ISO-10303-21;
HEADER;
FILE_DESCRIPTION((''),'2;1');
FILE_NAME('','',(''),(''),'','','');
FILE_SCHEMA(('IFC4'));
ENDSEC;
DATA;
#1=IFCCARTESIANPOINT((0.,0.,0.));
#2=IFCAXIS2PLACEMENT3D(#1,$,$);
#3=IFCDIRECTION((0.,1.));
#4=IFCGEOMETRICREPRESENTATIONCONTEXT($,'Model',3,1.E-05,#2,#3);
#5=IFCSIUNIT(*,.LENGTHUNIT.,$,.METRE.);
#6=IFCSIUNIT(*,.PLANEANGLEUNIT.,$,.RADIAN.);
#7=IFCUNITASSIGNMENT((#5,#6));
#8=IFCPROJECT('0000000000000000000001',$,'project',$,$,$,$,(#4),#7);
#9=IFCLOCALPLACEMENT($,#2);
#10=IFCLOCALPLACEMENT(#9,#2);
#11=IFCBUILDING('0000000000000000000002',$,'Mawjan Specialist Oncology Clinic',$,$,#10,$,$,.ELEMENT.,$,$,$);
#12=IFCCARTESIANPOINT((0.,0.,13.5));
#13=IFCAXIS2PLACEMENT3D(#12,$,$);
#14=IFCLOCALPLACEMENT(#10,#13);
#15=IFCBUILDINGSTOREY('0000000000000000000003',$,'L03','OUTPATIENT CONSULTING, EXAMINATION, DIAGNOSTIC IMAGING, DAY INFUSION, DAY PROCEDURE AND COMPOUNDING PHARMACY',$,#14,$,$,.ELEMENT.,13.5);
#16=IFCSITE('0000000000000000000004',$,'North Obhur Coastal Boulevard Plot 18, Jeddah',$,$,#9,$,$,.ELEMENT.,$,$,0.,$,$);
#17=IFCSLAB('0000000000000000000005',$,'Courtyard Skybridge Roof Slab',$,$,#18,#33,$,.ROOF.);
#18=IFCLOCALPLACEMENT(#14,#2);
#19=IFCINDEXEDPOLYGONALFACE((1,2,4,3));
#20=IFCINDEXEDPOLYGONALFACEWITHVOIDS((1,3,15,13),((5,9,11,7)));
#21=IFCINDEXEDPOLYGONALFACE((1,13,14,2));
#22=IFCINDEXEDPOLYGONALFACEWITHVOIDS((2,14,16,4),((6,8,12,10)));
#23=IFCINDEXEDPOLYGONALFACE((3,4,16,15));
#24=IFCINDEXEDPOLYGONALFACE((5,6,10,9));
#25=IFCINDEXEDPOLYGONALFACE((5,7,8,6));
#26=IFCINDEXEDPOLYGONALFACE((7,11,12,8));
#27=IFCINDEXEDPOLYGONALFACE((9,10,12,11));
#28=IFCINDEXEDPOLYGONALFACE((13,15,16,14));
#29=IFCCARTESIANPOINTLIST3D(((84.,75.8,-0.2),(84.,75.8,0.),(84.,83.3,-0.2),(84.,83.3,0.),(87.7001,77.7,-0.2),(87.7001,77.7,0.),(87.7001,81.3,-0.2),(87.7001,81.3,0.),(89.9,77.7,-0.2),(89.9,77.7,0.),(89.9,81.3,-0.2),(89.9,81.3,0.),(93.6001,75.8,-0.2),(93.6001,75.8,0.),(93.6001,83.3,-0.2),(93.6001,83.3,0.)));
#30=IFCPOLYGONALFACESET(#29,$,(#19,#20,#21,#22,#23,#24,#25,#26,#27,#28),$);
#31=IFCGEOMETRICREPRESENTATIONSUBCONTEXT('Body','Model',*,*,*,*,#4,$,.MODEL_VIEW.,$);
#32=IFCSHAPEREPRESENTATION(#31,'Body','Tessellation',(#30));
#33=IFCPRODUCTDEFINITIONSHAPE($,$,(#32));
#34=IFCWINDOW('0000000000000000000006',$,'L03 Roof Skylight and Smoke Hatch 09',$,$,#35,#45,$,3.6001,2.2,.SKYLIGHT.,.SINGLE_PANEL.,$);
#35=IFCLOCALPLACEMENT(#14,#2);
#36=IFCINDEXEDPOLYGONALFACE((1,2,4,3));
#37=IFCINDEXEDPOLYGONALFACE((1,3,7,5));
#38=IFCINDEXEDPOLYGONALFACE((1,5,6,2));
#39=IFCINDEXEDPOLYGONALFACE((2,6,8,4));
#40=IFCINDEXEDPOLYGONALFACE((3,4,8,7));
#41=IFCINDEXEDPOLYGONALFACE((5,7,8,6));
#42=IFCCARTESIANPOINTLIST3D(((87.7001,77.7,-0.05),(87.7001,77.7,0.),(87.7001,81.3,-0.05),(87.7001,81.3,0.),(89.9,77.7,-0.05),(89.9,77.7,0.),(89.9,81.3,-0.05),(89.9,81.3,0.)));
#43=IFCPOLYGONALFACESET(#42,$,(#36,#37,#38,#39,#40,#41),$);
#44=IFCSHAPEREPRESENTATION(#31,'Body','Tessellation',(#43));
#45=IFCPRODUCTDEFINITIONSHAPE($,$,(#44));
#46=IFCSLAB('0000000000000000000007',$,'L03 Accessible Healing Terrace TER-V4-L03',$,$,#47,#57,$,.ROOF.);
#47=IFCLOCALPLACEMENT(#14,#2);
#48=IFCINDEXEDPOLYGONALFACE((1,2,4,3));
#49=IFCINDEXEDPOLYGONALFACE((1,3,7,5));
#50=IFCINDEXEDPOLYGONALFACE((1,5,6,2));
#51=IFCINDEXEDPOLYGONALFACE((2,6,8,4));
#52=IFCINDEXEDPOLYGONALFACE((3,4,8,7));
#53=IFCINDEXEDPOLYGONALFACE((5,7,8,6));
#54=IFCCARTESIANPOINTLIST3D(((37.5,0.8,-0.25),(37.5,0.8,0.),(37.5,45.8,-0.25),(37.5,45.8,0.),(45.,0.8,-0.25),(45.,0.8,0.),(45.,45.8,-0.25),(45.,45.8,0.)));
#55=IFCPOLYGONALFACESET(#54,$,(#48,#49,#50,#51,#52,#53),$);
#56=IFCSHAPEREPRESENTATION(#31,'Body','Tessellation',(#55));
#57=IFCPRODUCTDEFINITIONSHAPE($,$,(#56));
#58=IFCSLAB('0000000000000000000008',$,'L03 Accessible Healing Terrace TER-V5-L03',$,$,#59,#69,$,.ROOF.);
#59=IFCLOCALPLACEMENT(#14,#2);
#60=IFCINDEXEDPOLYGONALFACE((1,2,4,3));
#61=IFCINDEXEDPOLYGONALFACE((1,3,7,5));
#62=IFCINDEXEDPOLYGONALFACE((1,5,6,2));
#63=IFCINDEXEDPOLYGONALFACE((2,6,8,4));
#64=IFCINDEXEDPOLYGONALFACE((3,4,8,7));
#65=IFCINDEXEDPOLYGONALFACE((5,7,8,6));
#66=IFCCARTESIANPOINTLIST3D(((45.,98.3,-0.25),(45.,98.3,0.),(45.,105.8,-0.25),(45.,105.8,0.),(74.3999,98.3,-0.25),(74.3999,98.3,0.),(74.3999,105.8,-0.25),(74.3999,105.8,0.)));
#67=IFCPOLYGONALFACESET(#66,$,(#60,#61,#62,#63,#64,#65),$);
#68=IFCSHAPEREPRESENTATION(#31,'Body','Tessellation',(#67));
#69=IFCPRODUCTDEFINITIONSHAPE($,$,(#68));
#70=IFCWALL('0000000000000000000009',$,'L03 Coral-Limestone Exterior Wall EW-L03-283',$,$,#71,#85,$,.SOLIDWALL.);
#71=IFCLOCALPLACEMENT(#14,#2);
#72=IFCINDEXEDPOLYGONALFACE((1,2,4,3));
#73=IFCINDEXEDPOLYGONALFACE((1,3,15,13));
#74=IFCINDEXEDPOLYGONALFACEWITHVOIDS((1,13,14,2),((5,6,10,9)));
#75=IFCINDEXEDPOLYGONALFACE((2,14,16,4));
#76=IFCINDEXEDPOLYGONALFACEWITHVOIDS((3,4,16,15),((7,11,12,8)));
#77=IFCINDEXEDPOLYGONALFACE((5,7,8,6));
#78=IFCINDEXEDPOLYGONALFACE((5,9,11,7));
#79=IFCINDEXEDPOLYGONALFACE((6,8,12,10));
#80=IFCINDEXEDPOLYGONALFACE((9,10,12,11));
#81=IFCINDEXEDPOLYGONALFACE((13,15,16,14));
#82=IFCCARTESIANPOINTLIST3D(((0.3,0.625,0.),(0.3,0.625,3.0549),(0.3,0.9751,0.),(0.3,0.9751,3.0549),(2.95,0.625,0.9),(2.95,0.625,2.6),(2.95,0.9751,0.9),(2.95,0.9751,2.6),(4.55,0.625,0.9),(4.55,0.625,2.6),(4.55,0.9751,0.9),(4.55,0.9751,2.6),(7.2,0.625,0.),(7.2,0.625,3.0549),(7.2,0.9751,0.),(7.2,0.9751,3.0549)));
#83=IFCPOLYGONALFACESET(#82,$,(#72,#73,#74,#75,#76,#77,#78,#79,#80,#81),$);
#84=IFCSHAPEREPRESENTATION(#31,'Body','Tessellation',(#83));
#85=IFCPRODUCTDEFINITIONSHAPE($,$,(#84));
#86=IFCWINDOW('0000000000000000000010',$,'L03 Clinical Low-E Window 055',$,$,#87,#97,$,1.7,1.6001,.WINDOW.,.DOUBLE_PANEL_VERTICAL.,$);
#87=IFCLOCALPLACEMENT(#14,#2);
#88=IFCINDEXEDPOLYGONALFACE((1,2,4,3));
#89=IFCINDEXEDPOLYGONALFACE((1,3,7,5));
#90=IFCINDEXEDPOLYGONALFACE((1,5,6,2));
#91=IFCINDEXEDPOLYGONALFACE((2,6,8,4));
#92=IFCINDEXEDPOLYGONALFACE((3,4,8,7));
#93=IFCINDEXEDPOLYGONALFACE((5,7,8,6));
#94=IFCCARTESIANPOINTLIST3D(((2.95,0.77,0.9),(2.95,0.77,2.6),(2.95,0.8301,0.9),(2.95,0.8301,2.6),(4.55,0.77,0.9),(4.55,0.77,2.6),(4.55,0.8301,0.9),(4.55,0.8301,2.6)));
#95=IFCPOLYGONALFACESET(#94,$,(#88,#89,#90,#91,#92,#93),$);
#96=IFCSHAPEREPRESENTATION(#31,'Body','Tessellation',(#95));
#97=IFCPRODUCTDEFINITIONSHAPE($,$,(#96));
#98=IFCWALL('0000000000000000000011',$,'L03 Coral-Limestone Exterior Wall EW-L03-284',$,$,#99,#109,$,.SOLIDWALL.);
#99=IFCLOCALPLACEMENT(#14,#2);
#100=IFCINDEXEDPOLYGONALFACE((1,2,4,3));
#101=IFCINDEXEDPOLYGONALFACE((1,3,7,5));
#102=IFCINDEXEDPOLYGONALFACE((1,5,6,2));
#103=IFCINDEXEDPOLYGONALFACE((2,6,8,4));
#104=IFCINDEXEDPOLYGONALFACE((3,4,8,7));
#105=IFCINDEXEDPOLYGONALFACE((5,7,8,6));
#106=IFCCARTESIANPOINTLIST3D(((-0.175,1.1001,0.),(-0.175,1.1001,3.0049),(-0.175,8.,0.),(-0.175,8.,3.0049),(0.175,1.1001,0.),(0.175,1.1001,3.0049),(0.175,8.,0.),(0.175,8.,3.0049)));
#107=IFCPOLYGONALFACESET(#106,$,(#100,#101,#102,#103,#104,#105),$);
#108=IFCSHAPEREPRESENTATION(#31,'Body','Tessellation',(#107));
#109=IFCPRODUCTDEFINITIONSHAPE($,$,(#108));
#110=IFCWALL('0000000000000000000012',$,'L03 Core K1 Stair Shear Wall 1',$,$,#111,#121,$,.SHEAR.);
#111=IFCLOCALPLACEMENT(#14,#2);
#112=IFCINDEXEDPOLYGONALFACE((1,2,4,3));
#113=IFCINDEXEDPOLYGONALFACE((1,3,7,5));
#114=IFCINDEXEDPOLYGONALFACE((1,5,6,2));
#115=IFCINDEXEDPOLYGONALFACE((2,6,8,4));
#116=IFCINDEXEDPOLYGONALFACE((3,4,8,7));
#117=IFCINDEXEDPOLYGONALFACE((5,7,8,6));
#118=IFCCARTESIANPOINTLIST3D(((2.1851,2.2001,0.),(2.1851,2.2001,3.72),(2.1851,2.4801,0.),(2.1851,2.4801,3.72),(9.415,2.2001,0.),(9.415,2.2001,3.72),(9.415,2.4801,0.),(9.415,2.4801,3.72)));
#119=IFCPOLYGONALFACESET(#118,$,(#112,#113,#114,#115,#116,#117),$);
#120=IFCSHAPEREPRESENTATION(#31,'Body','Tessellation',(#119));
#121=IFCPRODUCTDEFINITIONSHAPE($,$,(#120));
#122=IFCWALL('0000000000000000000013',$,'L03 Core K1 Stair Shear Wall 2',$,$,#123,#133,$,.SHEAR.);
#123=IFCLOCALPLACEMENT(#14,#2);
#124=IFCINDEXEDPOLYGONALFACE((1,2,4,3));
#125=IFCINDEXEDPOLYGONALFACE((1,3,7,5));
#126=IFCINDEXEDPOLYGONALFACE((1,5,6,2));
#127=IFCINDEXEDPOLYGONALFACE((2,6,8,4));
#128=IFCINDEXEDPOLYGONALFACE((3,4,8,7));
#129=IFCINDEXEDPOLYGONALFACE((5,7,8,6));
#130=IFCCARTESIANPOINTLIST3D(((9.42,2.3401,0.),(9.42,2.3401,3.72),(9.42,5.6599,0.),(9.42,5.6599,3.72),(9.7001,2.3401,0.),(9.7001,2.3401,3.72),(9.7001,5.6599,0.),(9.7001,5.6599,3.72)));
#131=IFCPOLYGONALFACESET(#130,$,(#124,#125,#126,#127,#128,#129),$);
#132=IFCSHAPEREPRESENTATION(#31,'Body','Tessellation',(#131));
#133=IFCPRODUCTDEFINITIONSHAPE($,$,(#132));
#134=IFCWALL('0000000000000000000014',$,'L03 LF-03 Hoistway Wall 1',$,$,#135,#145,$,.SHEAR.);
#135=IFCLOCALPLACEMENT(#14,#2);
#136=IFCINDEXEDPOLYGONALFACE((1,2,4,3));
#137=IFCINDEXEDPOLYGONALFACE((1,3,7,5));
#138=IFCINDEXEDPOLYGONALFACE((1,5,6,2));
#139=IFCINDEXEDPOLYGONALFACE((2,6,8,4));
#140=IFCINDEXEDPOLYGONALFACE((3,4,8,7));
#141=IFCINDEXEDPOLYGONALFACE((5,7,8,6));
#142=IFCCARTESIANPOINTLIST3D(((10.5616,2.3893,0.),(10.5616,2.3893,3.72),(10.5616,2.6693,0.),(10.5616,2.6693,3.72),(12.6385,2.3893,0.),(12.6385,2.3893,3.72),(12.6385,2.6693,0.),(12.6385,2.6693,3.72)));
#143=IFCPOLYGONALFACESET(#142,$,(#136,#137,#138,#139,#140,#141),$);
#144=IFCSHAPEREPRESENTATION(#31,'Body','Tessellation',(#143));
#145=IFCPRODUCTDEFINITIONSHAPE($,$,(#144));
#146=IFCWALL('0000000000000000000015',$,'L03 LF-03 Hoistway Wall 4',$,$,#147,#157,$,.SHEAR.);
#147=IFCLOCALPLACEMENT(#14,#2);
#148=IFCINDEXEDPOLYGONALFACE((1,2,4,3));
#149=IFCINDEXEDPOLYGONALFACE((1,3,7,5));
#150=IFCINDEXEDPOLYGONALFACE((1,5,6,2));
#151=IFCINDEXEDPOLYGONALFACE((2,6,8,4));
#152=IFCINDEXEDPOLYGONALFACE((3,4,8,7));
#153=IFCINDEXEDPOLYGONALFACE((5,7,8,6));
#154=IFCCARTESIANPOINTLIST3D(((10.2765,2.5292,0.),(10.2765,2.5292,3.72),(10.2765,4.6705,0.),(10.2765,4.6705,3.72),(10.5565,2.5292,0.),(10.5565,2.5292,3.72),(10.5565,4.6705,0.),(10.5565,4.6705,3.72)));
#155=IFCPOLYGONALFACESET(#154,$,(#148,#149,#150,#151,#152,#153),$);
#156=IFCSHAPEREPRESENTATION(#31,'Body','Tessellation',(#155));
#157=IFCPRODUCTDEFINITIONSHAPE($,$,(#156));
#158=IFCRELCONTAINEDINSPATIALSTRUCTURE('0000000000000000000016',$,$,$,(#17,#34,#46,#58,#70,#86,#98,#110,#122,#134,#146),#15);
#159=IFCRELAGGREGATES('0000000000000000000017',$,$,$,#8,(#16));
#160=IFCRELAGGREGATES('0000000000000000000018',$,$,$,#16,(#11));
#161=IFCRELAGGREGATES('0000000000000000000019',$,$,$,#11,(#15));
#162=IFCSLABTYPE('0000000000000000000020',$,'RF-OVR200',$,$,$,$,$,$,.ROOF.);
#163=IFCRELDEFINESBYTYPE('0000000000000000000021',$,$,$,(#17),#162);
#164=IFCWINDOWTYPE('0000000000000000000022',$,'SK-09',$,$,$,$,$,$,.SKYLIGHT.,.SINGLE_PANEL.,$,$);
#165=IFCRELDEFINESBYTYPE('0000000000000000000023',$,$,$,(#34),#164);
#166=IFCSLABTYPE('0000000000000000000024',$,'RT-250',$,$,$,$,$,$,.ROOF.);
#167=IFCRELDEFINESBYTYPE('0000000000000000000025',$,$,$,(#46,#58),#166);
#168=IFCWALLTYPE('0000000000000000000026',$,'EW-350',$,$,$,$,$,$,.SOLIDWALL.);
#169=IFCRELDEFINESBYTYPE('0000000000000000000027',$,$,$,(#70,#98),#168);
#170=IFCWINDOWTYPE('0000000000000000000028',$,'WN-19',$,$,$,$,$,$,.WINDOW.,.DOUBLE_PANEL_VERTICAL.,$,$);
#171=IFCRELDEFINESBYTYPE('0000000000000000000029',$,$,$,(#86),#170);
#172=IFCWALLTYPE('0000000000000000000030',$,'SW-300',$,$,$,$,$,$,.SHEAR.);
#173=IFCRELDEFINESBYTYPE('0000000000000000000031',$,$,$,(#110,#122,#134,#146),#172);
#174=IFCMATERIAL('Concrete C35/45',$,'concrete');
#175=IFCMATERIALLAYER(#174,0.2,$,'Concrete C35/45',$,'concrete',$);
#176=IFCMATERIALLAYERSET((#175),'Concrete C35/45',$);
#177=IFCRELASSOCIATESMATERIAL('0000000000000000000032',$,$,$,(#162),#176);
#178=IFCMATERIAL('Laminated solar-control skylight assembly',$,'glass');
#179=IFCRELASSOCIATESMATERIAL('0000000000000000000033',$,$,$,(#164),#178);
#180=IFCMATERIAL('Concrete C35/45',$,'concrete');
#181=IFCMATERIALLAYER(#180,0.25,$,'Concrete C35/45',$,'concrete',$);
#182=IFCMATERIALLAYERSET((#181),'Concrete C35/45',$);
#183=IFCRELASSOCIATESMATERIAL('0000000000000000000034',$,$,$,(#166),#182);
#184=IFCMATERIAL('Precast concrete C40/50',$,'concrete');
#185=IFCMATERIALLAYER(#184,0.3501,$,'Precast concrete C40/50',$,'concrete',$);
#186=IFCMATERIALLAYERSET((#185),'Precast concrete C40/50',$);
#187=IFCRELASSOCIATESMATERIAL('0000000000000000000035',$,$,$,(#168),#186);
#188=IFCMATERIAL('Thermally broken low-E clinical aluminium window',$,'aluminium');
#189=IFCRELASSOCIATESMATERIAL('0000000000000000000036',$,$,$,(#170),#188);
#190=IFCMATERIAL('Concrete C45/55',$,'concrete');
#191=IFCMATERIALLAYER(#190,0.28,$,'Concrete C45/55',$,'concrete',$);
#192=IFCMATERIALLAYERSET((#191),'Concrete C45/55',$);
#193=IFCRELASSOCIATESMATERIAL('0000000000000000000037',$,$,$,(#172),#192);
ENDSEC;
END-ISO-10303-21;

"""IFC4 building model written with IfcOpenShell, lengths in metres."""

from ifc_helpers import new_model, si_unit, direction, frame, frame_2d, origin, origin_2d, place, context, subcontext, project, spatial, polyline, rectangle, outline, extrude, material, layer, layer_set, type_object, element, fill, save


model = new_model("IFC4")

# Units and contexts
model_context = context("Model", 3, precision=1e-05, world=origin(), true_north=direction((0.0, 1.0)))
body_context = subcontext(model_context, "Body", "Model", "MODEL_VIEW")
ifc_project = project(units=[si_unit("LENGTHUNIT", "METRE"), si_unit("PLANEANGLEUNIT", "RADIAN")], contexts=[model_context])

# Site, building, storey
site_placement = place(None, origin())
site = spatial("IfcSite", under=ifc_project, at=site_placement, Name="North Obhur Coastal Boulevard Plot 18, Jeddah", CompositionType="ELEMENT", RefElevation=0.0)
building_placement = place(site_placement, origin())
building = spatial("IfcBuilding", under=site, at=building_placement, Name="Mawjan Specialist Oncology Clinic", CompositionType="ELEMENT")
storey_placement = place(building_placement, frame((0.0, 0.0, 13.5)))
storey = spatial("IfcBuildingStorey", under=building, at=storey_placement, Name="L03", Description="OUTPATIENT CONSULTING, EXAMINATION, DIAGNOSTIC IMAGING, DAY INFUSION, DAY PROCEDURE AND COMPOUNDING PHARMACY", CompositionType="ELEMENT", Elevation=13.5)

# Slab, opening, window
ifc_material_1 = material(Name="Concrete C35/45", Category="concrete")
ifc_layer_1 = layer(ifc_material_1, 0.2, Name="Concrete C35/45", Category="concrete")
ifc_layer_set_1 = layer_set([ifc_layer_1], Name="Concrete C35/45")
slab_type_1 = type_object("IfcSlabType", Name="RF-OVR200", PredefinedType="ROOF", material=ifc_layer_set_1)
slab_1_placement = place(storey_placement, frame((0.0, 0.0, -0.2)))
slab_1 = element("IfcSlab", 1, at=slab_1_placement, inside=storey, type_object=slab_type_1, Name="Courtyard Skybridge Roof Slab", PredefinedType="ROOF", context=body_context, shape_type="SweptSolid", body=[
    extrude(outline(polyline([(84.0, 75.8), (93.6001, 75.8), (93.6001, 83.3), (84.0, 83.3), (84.0, 75.8)])), origin(), (0.0, 0.0, 1.0), 0.2),
])
opening_1_placement = place(slab_1_placement, frame((88.8, 79.5, 0.0)))
opening_1 = element("IfcOpeningElement", 2, at=opening_1_placement, cuts=slab_1, PredefinedType="OPENING", context=body_context, shape_type="SweptSolid", body=[
    extrude(rectangle(XDim=2.2, YDim=3.6001, at=origin_2d()), origin(), (0.0, 0.0, 1.0), 0.2),
])
ifc_material_2 = material(Name="Laminated solar-control skylight assembly", Category="glass")
window_type_1 = type_object("IfcWindowType", Name="SK-09", PartitioningType="SINGLE_PANEL", PredefinedType="SKYLIGHT", material=ifc_material_2)
window_1_placement = place(opening_1_placement, frame((0.0, 0.0, 0.1499)))
window_1 = element("IfcWindow", 3, at=window_1_placement, inside=storey, type_object=window_type_1, Name="L03 Roof Skylight and Smoke Hatch 09", OverallHeight=3.6001, OverallWidth=2.2, PartitioningType="SINGLE_PANEL", PredefinedType="SKYLIGHT", context=body_context, shape_type="SweptSolid", body=[
    extrude(rectangle(XDim=2.2, YDim=3.6001, at=origin_2d()), origin(), (0.0, 0.0, 1.0), 0.05),
])
fill(opening_1, window_1)

# Slabs
ifc_material_3 = material(Name="Concrete C35/45", Category="concrete")
ifc_layer_2 = layer(ifc_material_3, 0.25, Name="Concrete C35/45", Category="concrete")
ifc_layer_set_2 = layer_set([ifc_layer_2], Name="Concrete C35/45")
slab_type_2 = type_object("IfcSlabType", Name="RT-250", PredefinedType="ROOF", material=ifc_layer_set_2)
slab_2_placement = place(storey_placement, frame((0.0, 0.0, -0.25)))
element("IfcSlab", 4, at=slab_2_placement, inside=storey, type_object=slab_type_2, Name="L03 Accessible Healing Terrace TER-V4-L03", PredefinedType="ROOF", context=body_context, shape_type="SweptSolid", body=[
    extrude(outline(polyline([(37.5, 0.8), (45.0, 0.8), (45.0, 45.8), (37.5, 45.8), (37.5, 0.8)])), origin(), (0.0, 0.0, 1.0), 0.25),
])
slab_3_placement = place(storey_placement, frame((0.0, 0.0, -0.25)))
element("IfcSlab", 5, at=slab_3_placement, inside=storey, type_object=slab_type_2, Name="L03 Accessible Healing Terrace TER-V5-L03", PredefinedType="ROOF", context=body_context, shape_type="SweptSolid", body=[
    extrude(outline(polyline([(45.0, 98.3), (74.3999, 98.3), (74.3999, 105.8), (45.0, 105.8), (45.0, 98.3)])), origin(), (0.0, 0.0, 1.0), 0.25),
])

# Wall, opening, window
ifc_material_4 = material(Name="Precast concrete C40/50", Category="concrete")
ifc_layer_3 = layer(ifc_material_4, 0.3501, Name="Precast concrete C40/50", Category="concrete")
ifc_layer_set_3 = layer_set([ifc_layer_3], Name="Precast concrete C40/50")
wall_type_1 = type_object("IfcWallType", Name="EW-350", PredefinedType="SOLIDWALL", material=ifc_layer_set_3)
wall_1_placement = place(storey_placement, frame((7.2, 0.8, 0.0), z_axis=(0.0, 0.0, 1.0), x_axis=(-1.0, 0.0, 0.0)))
wall_1 = element("IfcWall", 6, at=wall_1_placement, inside=storey, type_object=wall_type_1, Name="L03 Coral-Limestone Exterior Wall EW-L03-283", PredefinedType="SOLIDWALL", context=body_context, shape_type="SweptSolid", body=[
    extrude(rectangle(XDim=6.8999, YDim=0.3501, at=frame_2d((3.45, 0.0))), origin(), (0.0, 0.0, 1.0), 3.0549),
])
opening_2_placement = place(wall_1_placement, frame((2.6499, 0.0, 0.8999)))
opening_2 = element("IfcOpeningElement", 7, at=opening_2_placement, cuts=wall_1, PredefinedType="OPENING", context=body_context, shape_type="SweptSolid", body=[
    extrude(rectangle(XDim=1.6001, YDim=1.7, at=frame_2d((0.8, 0.8501))), frame((0.0, 0.187, 0.0), z_axis=(0.0, -1.0, 0.0), x_axis=(1.0, 0.0, 0.0)), (0.0, 0.0, 1.0), 0.374),
])
ifc_material_5 = material(Name="Thermally broken low-E clinical aluminium window", Category="aluminium")
window_type_2 = type_object("IfcWindowType", Name="WN-19", PartitioningType="DOUBLE_PANEL_VERTICAL", PredefinedType="WINDOW", material=ifc_material_5)
window_2_placement = place(opening_2_placement, origin())
window_2 = element("IfcWindow", 8, at=window_2_placement, inside=storey, type_object=window_type_2, Name="L03 Clinical Low-E Window 055", OverallHeight=1.7, OverallWidth=1.6001, PartitioningType="DOUBLE_PANEL_VERTICAL", PredefinedType="WINDOW", context=body_context, shape_type="SweptSolid", body=[
    extrude(rectangle(XDim=1.6001, YDim=1.7, at=frame_2d((0.8, 0.8501))), frame((0.0, 0.03, 0.0), z_axis=(0.0, -1.0, 0.0), x_axis=(1.0, 0.0, 0.0)), (0.0, 0.0, 1.0), 0.0601),
])
fill(opening_2, window_2)

# Walls
wall_2_placement = place(storey_placement, frame((0.0, 1.1001, 0.0), z_axis=(0.0, 0.0, 1.0), x_axis=(0.0, 1.0, 0.0)))
element("IfcWall", 9, at=wall_2_placement, inside=storey, type_object=wall_type_1, Name="L03 Coral-Limestone Exterior Wall EW-L03-284", PredefinedType="SOLIDWALL", context=body_context, shape_type="SweptSolid", body=[
    extrude(rectangle(XDim=6.8999, YDim=0.3501, at=frame_2d((3.45, 0.0))), origin(), (0.0, 0.0, 1.0), 3.0049),
])
ifc_material_6 = material(Name="Concrete C45/55", Category="concrete")
ifc_layer_4 = layer(ifc_material_6, 0.28, Name="Concrete C45/55", Category="concrete")
ifc_layer_set_4 = layer_set([ifc_layer_4], Name="Concrete C45/55")
wall_type_2 = type_object("IfcWallType", Name="SW-300", PredefinedType="SHEAR", material=ifc_layer_set_4)
wall_3_placement = place(storey_placement, frame((2.1851, 2.3401, 0.0), z_axis=(0.0, 0.0, 1.0), x_axis=(1.0, 0.0, 0.0)))
element("IfcWall", 10, at=wall_3_placement, inside=storey, type_object=wall_type_2, Name="L03 Core K1 Stair Shear Wall 1", PredefinedType="SHEAR", context=body_context, shape_type="SweptSolid", body=[
    extrude(rectangle(XDim=7.23, YDim=0.28, at=frame_2d((3.615, 0.0))), origin(), (0.0, 0.0, 1.0), 3.72),
])
wall_4_placement = place(storey_placement, frame((9.5601, 2.3401, 0.0), z_axis=(0.0, 0.0, 1.0), x_axis=(0.0, 1.0, 0.0)))
element("IfcWall", 11, at=wall_4_placement, inside=storey, type_object=wall_type_2, Name="L03 Core K1 Stair Shear Wall 2", PredefinedType="SHEAR", context=body_context, shape_type="SweptSolid", body=[
    extrude(rectangle(XDim=3.3198, YDim=0.28, at=frame_2d((1.6599, 0.0))), origin(), (0.0, 0.0, 1.0), 3.72),
])
wall_5_placement = place(storey_placement, frame((10.5615, 2.5293, 0.0), z_axis=(0.0, 0.0, 1.0), x_axis=(1.0, 0.0, 0.0)))
element("IfcWall", 12, at=wall_5_placement, inside=storey, type_object=wall_type_2, Name="L03 LF-03 Hoistway Wall 1", PredefinedType="SHEAR", context=body_context, shape_type="SweptSolid", body=[
    extrude(rectangle(XDim=2.0769, YDim=0.28, at=frame_2d((1.0386, 0.0))), origin(), (0.0, 0.0, 1.0), 3.72),
])
wall_6_placement = place(storey_placement, frame((10.4165, 4.6707, 0.0), z_axis=(0.0, 0.0, 1.0), x_axis=(0.0, -1.0, 0.0)))
element("IfcWall", 13, at=wall_6_placement, inside=storey, type_object=wall_type_2, Name="L03 LF-03 Hoistway Wall 4", PredefinedType="SHEAR", context=body_context, shape_type="SweptSolid", body=[
    extrude(rectangle(XDim=2.1414, YDim=0.28, at=frame_2d((1.0708, 0.0))), origin(), (0.0, 0.0, 1.0), 3.72),
])

save(model, "model.ifc")
